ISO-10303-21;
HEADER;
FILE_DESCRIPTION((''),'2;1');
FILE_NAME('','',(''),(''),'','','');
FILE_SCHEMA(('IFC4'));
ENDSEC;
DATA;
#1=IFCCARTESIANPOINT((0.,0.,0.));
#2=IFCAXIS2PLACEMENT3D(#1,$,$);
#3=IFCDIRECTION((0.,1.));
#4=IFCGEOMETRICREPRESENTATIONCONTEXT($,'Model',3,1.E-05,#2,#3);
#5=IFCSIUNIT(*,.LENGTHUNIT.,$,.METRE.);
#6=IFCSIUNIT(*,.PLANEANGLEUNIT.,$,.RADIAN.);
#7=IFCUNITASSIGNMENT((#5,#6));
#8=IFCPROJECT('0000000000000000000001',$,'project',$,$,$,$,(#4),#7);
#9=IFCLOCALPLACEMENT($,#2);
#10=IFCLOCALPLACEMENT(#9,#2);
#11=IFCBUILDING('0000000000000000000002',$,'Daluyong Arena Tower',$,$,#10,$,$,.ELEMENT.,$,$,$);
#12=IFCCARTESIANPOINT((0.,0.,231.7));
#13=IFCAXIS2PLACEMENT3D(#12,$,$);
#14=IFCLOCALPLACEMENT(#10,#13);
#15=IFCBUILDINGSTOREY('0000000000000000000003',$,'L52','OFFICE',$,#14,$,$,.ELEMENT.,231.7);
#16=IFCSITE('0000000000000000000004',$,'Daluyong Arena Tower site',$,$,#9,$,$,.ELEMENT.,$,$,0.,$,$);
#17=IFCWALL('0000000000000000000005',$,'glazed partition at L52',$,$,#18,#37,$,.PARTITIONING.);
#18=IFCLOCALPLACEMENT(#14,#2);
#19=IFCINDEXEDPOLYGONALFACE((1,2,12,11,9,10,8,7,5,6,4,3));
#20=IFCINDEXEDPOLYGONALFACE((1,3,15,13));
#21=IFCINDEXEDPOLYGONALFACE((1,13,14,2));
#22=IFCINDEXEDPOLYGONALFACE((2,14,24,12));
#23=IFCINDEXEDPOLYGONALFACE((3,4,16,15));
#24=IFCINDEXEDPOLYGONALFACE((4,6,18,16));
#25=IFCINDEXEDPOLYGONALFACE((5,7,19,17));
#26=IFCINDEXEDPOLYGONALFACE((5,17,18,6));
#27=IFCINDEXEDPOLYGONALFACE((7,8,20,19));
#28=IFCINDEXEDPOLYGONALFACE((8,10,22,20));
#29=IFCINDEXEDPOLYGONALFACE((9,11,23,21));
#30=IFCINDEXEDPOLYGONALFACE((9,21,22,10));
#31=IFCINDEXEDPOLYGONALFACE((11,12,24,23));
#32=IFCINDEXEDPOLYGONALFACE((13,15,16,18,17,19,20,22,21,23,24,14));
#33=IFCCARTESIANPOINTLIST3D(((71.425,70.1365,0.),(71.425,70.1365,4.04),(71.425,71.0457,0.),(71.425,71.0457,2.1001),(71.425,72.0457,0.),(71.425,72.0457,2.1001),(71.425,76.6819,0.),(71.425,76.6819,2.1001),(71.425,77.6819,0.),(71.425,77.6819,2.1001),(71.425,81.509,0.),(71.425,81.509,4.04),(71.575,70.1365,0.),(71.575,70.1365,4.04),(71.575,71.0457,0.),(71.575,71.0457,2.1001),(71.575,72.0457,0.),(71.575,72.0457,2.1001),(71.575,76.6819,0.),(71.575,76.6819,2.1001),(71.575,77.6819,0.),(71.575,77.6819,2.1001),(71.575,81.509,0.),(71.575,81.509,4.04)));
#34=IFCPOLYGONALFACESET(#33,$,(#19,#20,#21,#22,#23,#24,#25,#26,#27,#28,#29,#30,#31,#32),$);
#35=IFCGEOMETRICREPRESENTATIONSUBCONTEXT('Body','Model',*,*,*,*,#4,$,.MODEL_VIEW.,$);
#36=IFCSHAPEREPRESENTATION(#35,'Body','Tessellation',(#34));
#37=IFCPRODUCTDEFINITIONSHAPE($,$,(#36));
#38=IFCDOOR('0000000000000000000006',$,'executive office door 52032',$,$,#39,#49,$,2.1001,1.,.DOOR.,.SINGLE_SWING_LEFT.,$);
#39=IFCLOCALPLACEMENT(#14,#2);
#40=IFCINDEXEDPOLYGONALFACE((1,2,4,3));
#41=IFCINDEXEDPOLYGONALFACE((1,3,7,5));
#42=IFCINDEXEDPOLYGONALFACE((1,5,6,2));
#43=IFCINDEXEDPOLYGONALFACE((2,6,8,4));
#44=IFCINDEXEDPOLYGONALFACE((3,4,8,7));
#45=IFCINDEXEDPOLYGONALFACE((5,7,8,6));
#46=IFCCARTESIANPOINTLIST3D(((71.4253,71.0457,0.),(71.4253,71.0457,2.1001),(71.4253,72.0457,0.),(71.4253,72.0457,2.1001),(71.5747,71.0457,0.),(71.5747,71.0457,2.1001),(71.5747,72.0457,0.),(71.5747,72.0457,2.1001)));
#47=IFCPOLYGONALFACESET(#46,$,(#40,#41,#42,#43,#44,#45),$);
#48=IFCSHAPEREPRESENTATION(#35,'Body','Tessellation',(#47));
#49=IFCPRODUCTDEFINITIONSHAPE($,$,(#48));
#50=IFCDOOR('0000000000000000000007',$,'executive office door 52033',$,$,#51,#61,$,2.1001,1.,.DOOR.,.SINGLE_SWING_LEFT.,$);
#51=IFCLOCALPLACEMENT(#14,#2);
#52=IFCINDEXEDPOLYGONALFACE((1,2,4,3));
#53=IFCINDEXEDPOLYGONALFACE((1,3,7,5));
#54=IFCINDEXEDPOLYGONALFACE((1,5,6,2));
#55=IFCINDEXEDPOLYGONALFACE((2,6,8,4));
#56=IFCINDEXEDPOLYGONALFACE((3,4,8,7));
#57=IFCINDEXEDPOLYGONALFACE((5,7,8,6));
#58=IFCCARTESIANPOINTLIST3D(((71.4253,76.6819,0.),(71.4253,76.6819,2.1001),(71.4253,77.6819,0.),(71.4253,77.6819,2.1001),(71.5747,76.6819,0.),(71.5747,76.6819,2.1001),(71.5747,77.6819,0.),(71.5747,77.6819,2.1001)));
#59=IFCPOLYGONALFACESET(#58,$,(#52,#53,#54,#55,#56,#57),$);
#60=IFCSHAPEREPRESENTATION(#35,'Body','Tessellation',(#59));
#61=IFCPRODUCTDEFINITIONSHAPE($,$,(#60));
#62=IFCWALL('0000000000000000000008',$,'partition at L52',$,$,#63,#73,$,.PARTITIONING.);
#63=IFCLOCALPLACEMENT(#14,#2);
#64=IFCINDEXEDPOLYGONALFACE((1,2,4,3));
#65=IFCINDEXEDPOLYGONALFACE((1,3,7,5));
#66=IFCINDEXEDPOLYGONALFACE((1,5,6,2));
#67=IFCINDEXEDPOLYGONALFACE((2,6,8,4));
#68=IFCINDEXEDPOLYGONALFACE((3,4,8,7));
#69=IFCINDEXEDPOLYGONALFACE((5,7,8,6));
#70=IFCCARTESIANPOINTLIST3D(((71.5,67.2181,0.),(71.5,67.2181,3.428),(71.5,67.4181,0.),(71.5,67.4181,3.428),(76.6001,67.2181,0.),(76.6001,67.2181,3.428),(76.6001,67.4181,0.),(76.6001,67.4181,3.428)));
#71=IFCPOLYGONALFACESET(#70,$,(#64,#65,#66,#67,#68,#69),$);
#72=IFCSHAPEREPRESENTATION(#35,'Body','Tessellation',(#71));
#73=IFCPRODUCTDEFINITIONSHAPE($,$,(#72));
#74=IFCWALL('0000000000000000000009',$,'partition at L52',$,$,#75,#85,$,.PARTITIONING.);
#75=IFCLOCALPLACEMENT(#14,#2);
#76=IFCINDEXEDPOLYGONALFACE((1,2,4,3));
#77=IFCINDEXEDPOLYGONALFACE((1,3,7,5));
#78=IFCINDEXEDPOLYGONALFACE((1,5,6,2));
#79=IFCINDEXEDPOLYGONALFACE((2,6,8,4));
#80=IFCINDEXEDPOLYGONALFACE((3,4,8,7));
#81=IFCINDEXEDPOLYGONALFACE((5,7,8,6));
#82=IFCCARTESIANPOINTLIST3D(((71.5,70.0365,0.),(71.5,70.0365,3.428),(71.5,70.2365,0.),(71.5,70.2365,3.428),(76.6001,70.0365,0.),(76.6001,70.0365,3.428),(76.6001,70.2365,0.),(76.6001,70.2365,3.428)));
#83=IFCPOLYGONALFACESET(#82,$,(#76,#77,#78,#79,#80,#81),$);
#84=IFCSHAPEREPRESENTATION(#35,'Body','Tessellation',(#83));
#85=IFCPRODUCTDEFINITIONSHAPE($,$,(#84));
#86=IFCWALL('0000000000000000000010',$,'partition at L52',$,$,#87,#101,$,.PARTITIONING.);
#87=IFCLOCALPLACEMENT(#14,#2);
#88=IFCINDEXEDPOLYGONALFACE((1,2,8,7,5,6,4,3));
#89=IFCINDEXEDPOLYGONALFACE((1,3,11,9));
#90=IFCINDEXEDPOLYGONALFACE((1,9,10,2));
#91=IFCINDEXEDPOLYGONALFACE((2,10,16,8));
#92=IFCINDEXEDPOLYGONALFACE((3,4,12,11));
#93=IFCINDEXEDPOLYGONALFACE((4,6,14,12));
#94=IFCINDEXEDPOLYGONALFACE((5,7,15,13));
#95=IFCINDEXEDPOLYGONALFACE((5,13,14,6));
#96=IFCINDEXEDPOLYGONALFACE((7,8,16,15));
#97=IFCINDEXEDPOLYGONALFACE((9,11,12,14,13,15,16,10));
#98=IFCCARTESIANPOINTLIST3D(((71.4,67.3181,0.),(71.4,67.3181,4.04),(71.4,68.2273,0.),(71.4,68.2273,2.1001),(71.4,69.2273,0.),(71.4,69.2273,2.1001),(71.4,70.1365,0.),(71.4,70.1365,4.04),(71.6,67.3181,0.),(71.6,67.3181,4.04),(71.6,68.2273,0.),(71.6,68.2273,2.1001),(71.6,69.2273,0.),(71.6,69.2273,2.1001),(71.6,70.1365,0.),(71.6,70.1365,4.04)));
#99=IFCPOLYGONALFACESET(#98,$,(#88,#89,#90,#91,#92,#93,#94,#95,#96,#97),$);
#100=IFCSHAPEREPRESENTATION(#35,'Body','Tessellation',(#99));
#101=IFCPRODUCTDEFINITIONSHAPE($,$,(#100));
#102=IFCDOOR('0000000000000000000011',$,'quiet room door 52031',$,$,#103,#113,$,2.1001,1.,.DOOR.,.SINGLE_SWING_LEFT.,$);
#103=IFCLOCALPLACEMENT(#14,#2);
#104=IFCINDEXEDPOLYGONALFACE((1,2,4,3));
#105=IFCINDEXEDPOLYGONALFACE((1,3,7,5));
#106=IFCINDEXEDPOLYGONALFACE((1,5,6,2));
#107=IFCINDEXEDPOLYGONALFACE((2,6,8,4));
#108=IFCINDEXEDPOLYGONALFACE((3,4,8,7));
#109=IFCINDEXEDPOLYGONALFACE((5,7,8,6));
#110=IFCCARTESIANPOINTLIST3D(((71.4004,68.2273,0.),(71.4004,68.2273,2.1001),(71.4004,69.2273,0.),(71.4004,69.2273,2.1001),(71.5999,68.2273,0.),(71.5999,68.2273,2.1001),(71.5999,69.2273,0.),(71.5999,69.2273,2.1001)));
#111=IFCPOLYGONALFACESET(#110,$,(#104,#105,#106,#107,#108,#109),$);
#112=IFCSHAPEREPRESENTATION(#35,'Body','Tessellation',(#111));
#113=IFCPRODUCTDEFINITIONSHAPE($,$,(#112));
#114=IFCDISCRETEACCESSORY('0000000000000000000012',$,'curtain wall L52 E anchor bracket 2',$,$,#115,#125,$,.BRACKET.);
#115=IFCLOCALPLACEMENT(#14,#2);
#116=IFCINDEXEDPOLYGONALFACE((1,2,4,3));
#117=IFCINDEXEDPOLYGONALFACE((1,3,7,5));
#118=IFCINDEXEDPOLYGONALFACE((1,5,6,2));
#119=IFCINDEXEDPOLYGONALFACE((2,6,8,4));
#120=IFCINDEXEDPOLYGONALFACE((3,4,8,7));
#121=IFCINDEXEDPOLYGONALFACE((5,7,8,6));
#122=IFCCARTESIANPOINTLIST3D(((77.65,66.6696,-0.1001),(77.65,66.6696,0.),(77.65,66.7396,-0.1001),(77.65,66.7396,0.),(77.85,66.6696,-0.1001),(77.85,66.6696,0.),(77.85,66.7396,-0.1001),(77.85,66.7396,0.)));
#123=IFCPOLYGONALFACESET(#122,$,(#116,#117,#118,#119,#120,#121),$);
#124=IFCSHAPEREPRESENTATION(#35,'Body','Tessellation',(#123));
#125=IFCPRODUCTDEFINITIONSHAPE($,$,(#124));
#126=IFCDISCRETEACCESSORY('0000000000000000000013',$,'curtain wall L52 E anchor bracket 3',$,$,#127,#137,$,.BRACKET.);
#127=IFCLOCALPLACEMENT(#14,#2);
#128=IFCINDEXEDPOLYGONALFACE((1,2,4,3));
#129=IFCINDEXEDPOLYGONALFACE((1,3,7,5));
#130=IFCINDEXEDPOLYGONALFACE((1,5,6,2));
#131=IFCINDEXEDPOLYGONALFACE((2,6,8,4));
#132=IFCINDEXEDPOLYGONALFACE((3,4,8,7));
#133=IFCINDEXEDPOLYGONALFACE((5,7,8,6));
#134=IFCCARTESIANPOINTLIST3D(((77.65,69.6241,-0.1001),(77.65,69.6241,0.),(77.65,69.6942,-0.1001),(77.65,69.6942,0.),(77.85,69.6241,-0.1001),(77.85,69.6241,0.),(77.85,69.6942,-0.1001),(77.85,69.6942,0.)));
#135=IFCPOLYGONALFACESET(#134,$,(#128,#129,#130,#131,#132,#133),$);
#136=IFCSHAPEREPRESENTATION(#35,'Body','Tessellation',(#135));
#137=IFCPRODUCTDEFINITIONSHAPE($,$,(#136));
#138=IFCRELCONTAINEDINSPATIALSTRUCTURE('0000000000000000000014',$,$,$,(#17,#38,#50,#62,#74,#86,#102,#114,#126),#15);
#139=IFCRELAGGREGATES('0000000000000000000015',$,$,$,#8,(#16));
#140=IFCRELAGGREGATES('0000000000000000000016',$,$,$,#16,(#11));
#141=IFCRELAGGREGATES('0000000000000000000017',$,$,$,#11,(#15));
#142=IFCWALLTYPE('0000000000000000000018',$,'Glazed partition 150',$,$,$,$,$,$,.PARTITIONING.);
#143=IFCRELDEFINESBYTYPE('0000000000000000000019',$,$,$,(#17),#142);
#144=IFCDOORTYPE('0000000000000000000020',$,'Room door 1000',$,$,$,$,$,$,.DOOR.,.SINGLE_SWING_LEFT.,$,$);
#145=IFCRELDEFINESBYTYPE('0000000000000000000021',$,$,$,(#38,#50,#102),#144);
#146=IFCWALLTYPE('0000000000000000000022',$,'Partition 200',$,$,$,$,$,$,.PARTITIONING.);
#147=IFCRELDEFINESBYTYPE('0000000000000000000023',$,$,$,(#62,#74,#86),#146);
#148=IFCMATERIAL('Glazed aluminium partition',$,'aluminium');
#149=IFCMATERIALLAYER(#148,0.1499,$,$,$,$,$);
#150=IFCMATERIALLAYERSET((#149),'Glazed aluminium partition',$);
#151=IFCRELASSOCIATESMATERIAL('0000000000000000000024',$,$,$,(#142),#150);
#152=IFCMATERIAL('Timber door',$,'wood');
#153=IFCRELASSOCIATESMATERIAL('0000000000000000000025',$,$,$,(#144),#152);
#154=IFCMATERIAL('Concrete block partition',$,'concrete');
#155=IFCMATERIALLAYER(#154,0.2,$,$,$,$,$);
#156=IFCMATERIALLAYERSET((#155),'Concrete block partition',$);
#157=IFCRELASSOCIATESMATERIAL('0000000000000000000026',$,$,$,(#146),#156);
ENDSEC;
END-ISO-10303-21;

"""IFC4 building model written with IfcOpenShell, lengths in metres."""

from ifc_helpers import new_model, si_unit, direction, frame, frame_2d, origin, origin_2d, place, context, subcontext, project, spatial, rectangle, extrude, material, layer, layer_set, type_object, element, fill, save


model = new_model("IFC4")

# Units and contexts
model_context = context("Model", 3, precision=1e-05, world=origin(), true_north=direction((0.0, 1.0)))
body_context = subcontext(model_context, "Body", "Model", "MODEL_VIEW")
ifc_project = project(units=[si_unit("LENGTHUNIT", "METRE"), si_unit("PLANEANGLEUNIT", "RADIAN")], contexts=[model_context])

# Site, building, storey
site_placement = place(None, origin())
site = spatial("IfcSite", under=ifc_project, at=site_placement, Name="Daluyong Arena Tower site", CompositionType="ELEMENT", RefElevation=0.0)
building_placement = place(site_placement, origin())
building = spatial("IfcBuilding", under=site, at=building_placement, Name="Daluyong Arena Tower", CompositionType="ELEMENT")
storey_placement = place(building_placement, frame((0.0, 0.0, 231.7)))
storey = spatial("IfcBuildingStorey", under=building, at=storey_placement, Name="L52", Description="OFFICE", CompositionType="ELEMENT", Elevation=231.7)

# Shared definitions
ifc_material_1 = material(Name="Glazed aluminium partition", Category="aluminium")
ifc_layer_1 = layer(ifc_material_1, 0.1499)
ifc_layer_set_1 = layer_set([ifc_layer_1], Name="Glazed aluminium partition")
wall_type_1 = type_object("IfcWallType", Name="Glazed partition 150", PredefinedType="PARTITIONING", material=ifc_layer_set_1)

# Wall, openings, doors
wall_1_placement = place(storey_placement, frame((71.5, 70.1365, 0.0), z_axis=(0.0, 0.0, 1.0), x_axis=(0.0, 1.0, 0.0)))
wall_1 = element("IfcWall", 1, at=wall_1_placement, inside=storey, type_object=wall_type_1, Name="glazed partition at L52", PredefinedType="PARTITIONING", context=body_context, shape_type="SweptSolid", body=[
    extrude(rectangle(XDim=11.3726, YDim=0.1499, at=frame_2d((5.6863, 0.0))), origin(), (0.0, 0.0, 1.0), 4.04),
])
opening_1_placement = place(wall_1_placement, frame((0.9092, 0.0, 0.0)))
opening_1 = element("IfcOpeningElement", 2, at=opening_1_placement, cuts=wall_1, PredefinedType="OPENING", context=body_context, shape_type="SweptSolid", body=[
    extrude(rectangle(XDim=1.0, YDim=2.1001, at=frame_2d((0.5, 1.05))), frame((0.0, 0.085, 0.0), z_axis=(0.0, -1.0, 0.0), x_axis=(1.0, 0.0, 0.0)), (0.0, 0.0, 1.0), 0.1699),
])
opening_2_placement = place(wall_1_placement, frame((6.5454, 0.0, 0.0)))
opening_2 = element("IfcOpeningElement", 3, at=opening_2_placement, cuts=wall_1, PredefinedType="OPENING", context=body_context, shape_type="SweptSolid", body=[
    extrude(rectangle(XDim=1.0, YDim=2.1001, at=frame_2d((0.5, 1.05))), frame((0.0, 0.085, 0.0), z_axis=(0.0, -1.0, 0.0), x_axis=(1.0, 0.0, 0.0)), (0.0, 0.0, 1.0), 0.1699),
])
ifc_material_2 = material(Name="Timber door", Category="wood")
door_type_1 = type_object("IfcDoorType", Name="Room door 1000", OperationType="SINGLE_SWING_LEFT", PredefinedType="DOOR", material=ifc_material_2)
door_1_placement = place(opening_1_placement, origin())
door_1 = element("IfcDoor", 4, at=door_1_placement, inside=storey, type_object=door_type_1, Name="executive office door 52032", OperationType="SINGLE_SWING_LEFT", OverallHeight=2.1001, OverallWidth=1.0, PredefinedType="DOOR", context=body_context, shape_type="SweptSolid", body=[
    extrude(rectangle(XDim=1.0, YDim=2.1001, at=frame_2d((0.5, 1.05))), frame((0.0, 0.0747, 0.0), z_axis=(0.0, -1.0, 0.0), x_axis=(1.0, 0.0, 0.0)), (0.0, 0.0, 1.0), 0.1494),
])
fill(opening_1, door_1)
door_2_placement = place(opening_2_placement, origin())
door_2 = element("IfcDoor", 5, at=door_2_placement, inside=storey, type_object=door_type_1, Name="executive office door 52033", OperationType="SINGLE_SWING_LEFT", OverallHeight=2.1001, OverallWidth=1.0, PredefinedType="DOOR", context=body_context, shape_type="SweptSolid", body=[
    extrude(rectangle(XDim=1.0, YDim=2.1001, at=frame_2d((0.5, 1.05))), frame((0.0, 0.0747, 0.0), z_axis=(0.0, -1.0, 0.0), x_axis=(1.0, 0.0, 0.0)), (0.0, 0.0, 1.0), 0.1494),
])
fill(opening_2, door_2)

# Walls
ifc_material_3 = material(Name="Concrete block partition", Category="concrete")
ifc_layer_2 = layer(ifc_material_3, 0.2)
ifc_layer_set_2 = layer_set([ifc_layer_2], Name="Concrete block partition")
wall_type_2 = type_object("IfcWallType", Name="Partition 200", PredefinedType="PARTITIONING", material=ifc_layer_set_2)
for number, where, z_axis, x_axis, name in (
    (6, (71.5, 67.3181, 0.0), (0.0, 0.0, 1.0), (1.0, 0.0, 0.0), "partition at L52"),
    (7, (71.5, 70.1365, 0.0), (0.0, 0.0, 1.0), (1.0, 0.0, 0.0), "partition at L52"),
):
    element("IfcWall", number, at=place(storey_placement, frame(where, z_axis=z_axis, x_axis=x_axis)), inside=storey, type_object=wall_type_2, Name=name, PredefinedType="PARTITIONING", context=body_context, shape_type="SweptSolid", body=[
        extrude(rectangle(XDim=5.1001, YDim=0.2, at=frame_2d((2.55, 0.0))), origin(), (0.0, 0.0, 1.0), 3.428),
    ])

# Wall, opening, door
wall_2_placement = place(storey_placement, frame((71.5, 67.3181, 0.0), z_axis=(0.0, 0.0, 1.0), x_axis=(0.0, 1.0, 0.0)))
wall_2 = element("IfcWall", 8, at=wall_2_placement, inside=storey, type_object=wall_type_2, Name="partition at L52", PredefinedType="PARTITIONING", context=body_context, shape_type="SweptSolid", body=[
    extrude(rectangle(XDim=2.8184, YDim=0.2, at=frame_2d((1.4092, 0.0))), origin(), (0.0, 0.0, 1.0), 4.04),
])
opening_3_placement = place(wall_2_placement, frame((0.9092, 0.0, 0.0)))
opening_3 = element("IfcOpeningElement", 9, at=opening_3_placement, cuts=wall_2, PredefinedType="OPENING", context=body_context, shape_type="SweptSolid", body=[
    extrude(rectangle(XDim=1.0, YDim=2.1001, at=frame_2d((0.5, 1.05))), frame((0.0, 0.1099, 0.0), z_axis=(0.0, -1.0, 0.0), x_axis=(1.0, 0.0, 0.0)), (0.0, 0.0, 1.0), 0.22),
])
door_3_placement = place(opening_3_placement, origin())
door_3 = element("IfcDoor", 10, at=door_3_placement, inside=storey, type_object=door_type_1, Name="quiet room door 52031", OperationType="SINGLE_SWING_LEFT", OverallHeight=2.1001, OverallWidth=1.0, PredefinedType="DOOR", context=body_context, shape_type="SweptSolid", body=[
    extrude(rectangle(XDim=1.0, YDim=2.1001, at=frame_2d((0.5, 1.05))), frame((0.0, 0.0996, 0.0), z_axis=(0.0, -1.0, 0.0), x_axis=(1.0, 0.0, 0.0)), (0.0, 0.0, 1.0), 0.1995),
])
fill(opening_3, door_3)

# Discrete accessories
for number, where, z_axis, x_axis, name in (
    (11, (77.75, 66.7046, -0.1001), (0.0, 0.0, 1.0), (0.0, 1.0, 0.0), "curtain wall L52 E anchor bracket 2"),
    (12, (77.75, 69.6592, -0.1001), (0.0, 0.0, 1.0), (0.0, 1.0, 0.0), "curtain wall L52 E anchor bracket 3"),
):
    element("IfcDiscreteAccessory", number, at=place(storey_placement, frame(where, z_axis=z_axis, x_axis=x_axis)), inside=storey, Name=name, PredefinedType="BRACKET", context=body_context, shape_type="SweptSolid", body=[
        extrude(rectangle(XDim=0.0701, YDim=0.2, at=origin_2d()), origin(), (0.0, 0.0, 1.0), 0.1001),
    ])

save(model, "model.ifc")
